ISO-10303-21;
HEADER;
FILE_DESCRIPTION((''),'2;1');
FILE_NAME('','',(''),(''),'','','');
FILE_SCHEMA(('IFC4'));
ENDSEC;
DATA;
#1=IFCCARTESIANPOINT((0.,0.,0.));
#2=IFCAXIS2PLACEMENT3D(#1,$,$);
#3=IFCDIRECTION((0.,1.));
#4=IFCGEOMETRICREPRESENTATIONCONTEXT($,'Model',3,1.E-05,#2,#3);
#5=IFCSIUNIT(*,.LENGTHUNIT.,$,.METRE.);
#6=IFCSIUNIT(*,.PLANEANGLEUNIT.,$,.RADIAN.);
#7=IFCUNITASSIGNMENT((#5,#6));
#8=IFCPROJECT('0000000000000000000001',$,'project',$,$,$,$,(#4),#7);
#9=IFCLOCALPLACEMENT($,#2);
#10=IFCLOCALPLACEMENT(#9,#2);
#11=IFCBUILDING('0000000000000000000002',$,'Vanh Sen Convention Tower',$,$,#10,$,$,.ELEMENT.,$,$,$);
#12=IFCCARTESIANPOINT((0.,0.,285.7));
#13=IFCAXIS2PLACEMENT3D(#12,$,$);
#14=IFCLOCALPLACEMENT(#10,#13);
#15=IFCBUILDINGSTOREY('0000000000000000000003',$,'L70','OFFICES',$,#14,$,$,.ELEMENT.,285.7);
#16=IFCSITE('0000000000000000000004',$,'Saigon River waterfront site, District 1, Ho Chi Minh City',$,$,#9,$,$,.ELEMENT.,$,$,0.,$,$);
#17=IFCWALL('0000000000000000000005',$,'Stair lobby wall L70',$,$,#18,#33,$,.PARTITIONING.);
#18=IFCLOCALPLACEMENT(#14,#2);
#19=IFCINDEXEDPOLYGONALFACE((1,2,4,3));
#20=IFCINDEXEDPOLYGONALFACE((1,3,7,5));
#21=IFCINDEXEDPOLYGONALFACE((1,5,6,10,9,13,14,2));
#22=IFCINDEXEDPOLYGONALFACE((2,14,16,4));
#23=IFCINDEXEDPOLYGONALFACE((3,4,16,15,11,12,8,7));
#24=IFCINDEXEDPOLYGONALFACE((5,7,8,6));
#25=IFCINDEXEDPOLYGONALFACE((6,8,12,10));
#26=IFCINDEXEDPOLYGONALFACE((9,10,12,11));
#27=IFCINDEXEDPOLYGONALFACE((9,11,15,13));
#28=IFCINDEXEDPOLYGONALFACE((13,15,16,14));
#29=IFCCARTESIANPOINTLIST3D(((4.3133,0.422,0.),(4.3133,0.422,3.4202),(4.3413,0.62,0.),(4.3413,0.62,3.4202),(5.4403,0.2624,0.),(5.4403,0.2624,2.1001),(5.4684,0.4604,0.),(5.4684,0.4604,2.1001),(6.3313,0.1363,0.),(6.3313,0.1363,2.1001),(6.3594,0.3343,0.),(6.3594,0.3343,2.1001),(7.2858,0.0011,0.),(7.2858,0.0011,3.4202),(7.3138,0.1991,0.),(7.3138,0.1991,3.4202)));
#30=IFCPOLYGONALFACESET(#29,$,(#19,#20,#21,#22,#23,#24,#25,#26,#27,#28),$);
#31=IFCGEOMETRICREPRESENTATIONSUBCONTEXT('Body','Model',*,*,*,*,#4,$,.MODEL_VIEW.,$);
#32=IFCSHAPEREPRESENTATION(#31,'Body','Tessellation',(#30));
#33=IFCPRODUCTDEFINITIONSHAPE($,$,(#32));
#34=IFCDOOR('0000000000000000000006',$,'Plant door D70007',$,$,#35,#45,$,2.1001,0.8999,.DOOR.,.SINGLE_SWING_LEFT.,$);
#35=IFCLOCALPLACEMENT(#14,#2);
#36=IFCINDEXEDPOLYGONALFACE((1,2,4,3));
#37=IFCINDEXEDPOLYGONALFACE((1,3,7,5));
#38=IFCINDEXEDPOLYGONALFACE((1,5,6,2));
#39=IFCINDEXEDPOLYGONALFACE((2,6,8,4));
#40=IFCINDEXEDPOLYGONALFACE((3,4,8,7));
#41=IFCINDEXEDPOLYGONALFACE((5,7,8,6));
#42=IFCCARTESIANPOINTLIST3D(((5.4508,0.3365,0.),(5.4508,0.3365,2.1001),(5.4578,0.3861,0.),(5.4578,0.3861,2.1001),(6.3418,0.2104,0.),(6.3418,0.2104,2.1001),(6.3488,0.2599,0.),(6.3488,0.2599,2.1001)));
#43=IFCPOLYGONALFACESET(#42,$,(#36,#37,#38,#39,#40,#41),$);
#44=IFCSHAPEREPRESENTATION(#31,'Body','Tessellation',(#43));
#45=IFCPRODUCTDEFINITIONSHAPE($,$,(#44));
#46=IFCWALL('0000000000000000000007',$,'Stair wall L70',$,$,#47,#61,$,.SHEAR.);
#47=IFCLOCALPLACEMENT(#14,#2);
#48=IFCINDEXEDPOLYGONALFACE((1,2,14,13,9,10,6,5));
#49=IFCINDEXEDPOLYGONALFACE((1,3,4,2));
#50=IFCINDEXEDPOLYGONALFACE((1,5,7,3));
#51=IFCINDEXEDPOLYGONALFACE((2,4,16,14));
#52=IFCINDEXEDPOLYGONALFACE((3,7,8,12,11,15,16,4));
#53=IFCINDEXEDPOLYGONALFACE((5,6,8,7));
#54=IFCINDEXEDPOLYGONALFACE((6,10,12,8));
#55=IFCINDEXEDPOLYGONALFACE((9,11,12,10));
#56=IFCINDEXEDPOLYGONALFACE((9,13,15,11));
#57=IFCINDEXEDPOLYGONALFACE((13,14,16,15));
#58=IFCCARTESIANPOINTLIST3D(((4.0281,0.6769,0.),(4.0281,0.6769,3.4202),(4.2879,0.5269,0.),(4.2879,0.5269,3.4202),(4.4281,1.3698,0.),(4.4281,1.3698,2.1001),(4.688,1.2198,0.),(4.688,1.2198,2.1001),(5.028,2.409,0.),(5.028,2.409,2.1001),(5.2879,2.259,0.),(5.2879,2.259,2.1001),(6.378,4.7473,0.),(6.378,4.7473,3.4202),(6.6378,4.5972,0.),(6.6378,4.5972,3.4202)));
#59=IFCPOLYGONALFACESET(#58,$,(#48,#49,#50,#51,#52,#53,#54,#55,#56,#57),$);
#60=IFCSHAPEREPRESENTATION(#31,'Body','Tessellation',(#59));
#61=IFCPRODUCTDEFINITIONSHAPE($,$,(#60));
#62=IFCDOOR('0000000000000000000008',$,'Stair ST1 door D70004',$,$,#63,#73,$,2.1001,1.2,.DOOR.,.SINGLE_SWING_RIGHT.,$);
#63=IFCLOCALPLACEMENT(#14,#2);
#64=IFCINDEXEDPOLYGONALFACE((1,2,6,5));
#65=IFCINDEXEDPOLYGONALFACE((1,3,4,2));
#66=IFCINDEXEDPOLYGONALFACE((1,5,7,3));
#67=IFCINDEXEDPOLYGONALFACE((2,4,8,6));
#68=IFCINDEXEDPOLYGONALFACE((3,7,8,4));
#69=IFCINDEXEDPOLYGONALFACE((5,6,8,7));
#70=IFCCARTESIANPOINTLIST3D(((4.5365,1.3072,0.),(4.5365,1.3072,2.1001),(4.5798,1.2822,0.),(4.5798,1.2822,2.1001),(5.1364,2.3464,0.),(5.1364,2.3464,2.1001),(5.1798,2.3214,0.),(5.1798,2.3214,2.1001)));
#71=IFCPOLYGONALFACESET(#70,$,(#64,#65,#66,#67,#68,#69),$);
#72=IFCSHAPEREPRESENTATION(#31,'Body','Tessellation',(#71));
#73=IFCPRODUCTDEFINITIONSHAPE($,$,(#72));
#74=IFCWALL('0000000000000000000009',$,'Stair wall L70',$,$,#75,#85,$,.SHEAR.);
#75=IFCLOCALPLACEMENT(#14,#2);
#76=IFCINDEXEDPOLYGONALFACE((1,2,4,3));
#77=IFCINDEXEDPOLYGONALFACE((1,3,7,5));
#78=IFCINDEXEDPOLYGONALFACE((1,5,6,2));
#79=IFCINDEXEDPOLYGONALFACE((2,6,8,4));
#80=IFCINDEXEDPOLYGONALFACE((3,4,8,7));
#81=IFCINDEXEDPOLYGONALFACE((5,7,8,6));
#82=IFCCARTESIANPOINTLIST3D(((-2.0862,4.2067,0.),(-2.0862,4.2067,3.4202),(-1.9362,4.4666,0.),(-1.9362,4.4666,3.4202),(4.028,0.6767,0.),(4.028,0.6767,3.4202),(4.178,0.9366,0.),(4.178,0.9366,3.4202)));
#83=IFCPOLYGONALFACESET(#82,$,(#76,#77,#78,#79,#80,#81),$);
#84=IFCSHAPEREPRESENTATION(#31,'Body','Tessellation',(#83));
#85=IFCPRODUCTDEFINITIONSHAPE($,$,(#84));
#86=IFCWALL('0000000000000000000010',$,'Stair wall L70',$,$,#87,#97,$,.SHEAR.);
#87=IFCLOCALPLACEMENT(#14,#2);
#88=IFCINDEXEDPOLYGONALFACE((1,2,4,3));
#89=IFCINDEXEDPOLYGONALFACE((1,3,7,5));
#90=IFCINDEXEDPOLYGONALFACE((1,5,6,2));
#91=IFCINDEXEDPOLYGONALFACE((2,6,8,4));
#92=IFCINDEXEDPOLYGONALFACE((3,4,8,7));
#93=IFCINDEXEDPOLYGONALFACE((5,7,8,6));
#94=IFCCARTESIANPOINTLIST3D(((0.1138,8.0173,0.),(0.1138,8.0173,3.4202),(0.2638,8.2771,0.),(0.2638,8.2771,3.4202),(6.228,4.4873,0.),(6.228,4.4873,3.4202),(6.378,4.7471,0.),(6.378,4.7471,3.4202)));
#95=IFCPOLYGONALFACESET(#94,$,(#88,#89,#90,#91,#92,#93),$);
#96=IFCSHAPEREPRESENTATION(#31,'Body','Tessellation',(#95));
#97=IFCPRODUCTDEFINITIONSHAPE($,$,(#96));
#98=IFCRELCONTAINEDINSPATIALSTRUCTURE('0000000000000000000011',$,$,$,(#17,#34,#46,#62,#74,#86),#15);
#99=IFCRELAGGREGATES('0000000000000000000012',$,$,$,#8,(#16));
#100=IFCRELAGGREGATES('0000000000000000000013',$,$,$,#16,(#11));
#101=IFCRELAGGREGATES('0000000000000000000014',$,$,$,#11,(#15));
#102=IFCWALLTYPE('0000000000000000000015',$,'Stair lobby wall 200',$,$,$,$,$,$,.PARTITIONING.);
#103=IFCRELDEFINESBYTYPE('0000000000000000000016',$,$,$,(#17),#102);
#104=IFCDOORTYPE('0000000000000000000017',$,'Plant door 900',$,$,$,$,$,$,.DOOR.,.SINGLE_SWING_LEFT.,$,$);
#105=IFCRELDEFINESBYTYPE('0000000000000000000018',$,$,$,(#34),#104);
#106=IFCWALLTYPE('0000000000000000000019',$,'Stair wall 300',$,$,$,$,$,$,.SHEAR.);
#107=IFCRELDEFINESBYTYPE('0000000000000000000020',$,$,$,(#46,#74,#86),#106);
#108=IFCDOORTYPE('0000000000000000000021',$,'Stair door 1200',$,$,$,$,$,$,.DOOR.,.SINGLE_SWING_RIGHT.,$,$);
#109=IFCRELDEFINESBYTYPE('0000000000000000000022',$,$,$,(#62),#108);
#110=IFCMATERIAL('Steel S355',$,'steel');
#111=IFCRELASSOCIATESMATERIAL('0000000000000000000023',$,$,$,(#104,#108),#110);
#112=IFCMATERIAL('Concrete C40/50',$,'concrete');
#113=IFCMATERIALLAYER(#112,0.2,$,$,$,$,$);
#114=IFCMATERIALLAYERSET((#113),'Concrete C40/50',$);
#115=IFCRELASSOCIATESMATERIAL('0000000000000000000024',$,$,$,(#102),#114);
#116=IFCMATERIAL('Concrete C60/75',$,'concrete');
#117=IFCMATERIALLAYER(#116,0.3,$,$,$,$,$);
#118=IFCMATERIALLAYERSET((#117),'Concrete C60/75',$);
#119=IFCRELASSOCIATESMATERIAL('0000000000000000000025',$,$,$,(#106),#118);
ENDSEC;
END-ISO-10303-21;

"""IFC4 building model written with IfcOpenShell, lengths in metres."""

from ifc_helpers import new_model, si_unit, direction, frame, frame_2d, origin, place, context, subcontext, project, spatial, rectangle, extrude, material, layer, layer_set, type_object, element, fill, save


model = new_model("IFC4")

# Units and contexts
model_context = context("Model", 3, precision=1e-05, world=origin(), true_north=direction((0.0, 1.0)))
body_context = subcontext(model_context, "Body", "Model", "MODEL_VIEW")
ifc_project = project(units=[si_unit("LENGTHUNIT", "METRE"), si_unit("PLANEANGLEUNIT", "RADIAN")], contexts=[model_context])

# Site, building, storey
site_placement = place(None, origin())
site = spatial("IfcSite", under=ifc_project, at=site_placement, Name="Saigon River waterfront site, District 1, Ho Chi Minh City", CompositionType="ELEMENT", RefElevation=0.0)
building_placement = place(site_placement, origin())
building = spatial("IfcBuilding", under=site, at=building_placement, Name="Vanh Sen Convention Tower", CompositionType="ELEMENT")
storey_placement = place(building_placement, frame((0.0, 0.0, 285.7)))
storey = spatial("IfcBuildingStorey", under=building, at=storey_placement, Name="L70", Description="OFFICES", CompositionType="ELEMENT", Elevation=285.7)

# Shared definitions
ifc_material_1 = material(Name="Concrete C40/50", Category="concrete")

# Shared definitions
ifc_material_2 = material(Name="Concrete C60/75", Category="concrete")
ifc_material_3 = material(Name="Steel S355", Category="steel")
door_type_1 = type_object("IfcDoorType", Name="Plant door 900", OperationType="SINGLE_SWING_LEFT", PredefinedType="DOOR", material=ifc_material_3)

# Walls, openings, doors
ifc_layer_1 = layer(ifc_material_1, 0.2)
ifc_layer_set_1 = layer_set([ifc_layer_1], Name="Concrete C40/50")
wall_type_1 = type_object("IfcWallType", Name="Stair lobby wall 200", PredefinedType="PARTITIONING", material=ifc_layer_set_1)
wall_1_placement = place(storey_placement, frame((4.3274, 0.521, 0.0), z_axis=(0.0, 0.0, 1.0), x_axis=(0.990124, -0.140192, 0.0)))
wall_1 = element("IfcWall", 1, at=wall_1_placement, inside=storey, type_object=wall_type_1, Name="Stair lobby wall L70", PredefinedType="PARTITIONING", context=body_context, shape_type="SweptSolid", body=[
    extrude(rectangle(XDim=3.0022, YDim=0.2, at=frame_2d((1.501, 0.0))), origin(), (0.0, 0.0, 1.0), 3.4202),
])
opening_1_placement = place(wall_1_placement, frame((1.1382, 0.0, 0.0)))
opening_1 = element("IfcOpeningElement", 2, at=opening_1_placement, cuts=wall_1, PredefinedType="OPENING", context=body_context, shape_type="SweptSolid", body=[
    extrude(rectangle(XDim=0.8999, YDim=2.1001, at=frame_2d((0.45, 1.05))), frame((0.0, 0.1099, 0.0), z_axis=(0.0, -1.0, 0.0), x_axis=(1.0, 0.0, 0.0)), (0.0, 0.0, 1.0), 0.22),
])
door_1_placement = place(opening_1_placement, origin())
door_1 = element("IfcDoor", 3, at=door_1_placement, inside=storey, type_object=door_type_1, Name="Plant door D70007", OperationType="SINGLE_SWING_LEFT", OverallHeight=2.1001, OverallWidth=0.8999, PredefinedType="DOOR", context=body_context, shape_type="SweptSolid", body=[
    extrude(rectangle(XDim=0.8999, YDim=2.1001, at=frame_2d((0.45, 1.05))), frame((0.0, 0.0249, 0.0), z_axis=(0.0, -1.0, 0.0), x_axis=(1.0, 0.0, 0.0)), (0.0, 0.0, 1.0), 0.05),
])
fill(opening_1, door_1)
ifc_layer_2 = layer(ifc_material_2, 0.3)
ifc_layer_set_2 = layer_set([ifc_layer_2], Name="Concrete C60/75")
wall_type_2 = type_object("IfcWallType", Name="Stair wall 300", PredefinedType="SHEAR", material=ifc_layer_set_2)
wall_2_placement = place(storey_placement, frame((4.158, 0.6018, 0.0), z_axis=(0.0, 0.0, 1.0), x_axis=(0.499977, 0.866039, 0.0)))
wall_2 = element("IfcWall", 4, at=wall_2_placement, inside=storey, type_object=wall_type_2, Name="Stair wall L70", PredefinedType="SHEAR", context=body_context, shape_type="SweptSolid", body=[
    extrude(rectangle(XDim=4.7, YDim=0.3, at=frame_2d((2.3501, 0.0))), origin(), (0.0, 0.0, 1.0), 3.4202),
])
opening_2_placement = place(wall_2_placement, frame((0.8, 0.0, 0.0)))
opening_2 = element("IfcOpeningElement", 5, at=opening_2_placement, cuts=wall_2, PredefinedType="OPENING", context=body_context, shape_type="SweptSolid", body=[
    extrude(rectangle(XDim=1.2, YDim=2.1001, at=frame_2d((0.6001, 1.05))), frame((0.0, 0.1599, 0.0), z_axis=(0.0, -1.0, 0.0), x_axis=(1.0, 0.0, 0.0)), (0.0, 0.0, 1.0), 0.3201),
])
door_type_2 = type_object("IfcDoorType", Name="Stair door 1200", OperationType="SINGLE_SWING_RIGHT", PredefinedType="DOOR", material=ifc_material_3)
door_2_placement = place(opening_2_placement, origin())
door_2 = element("IfcDoor", 6, at=door_2_placement, inside=storey, type_object=door_type_2, Name="Stair ST1 door D70004", OperationType="SINGLE_SWING_RIGHT", OverallHeight=2.1001, OverallWidth=1.2, PredefinedType="DOOR", context=body_context, shape_type="SweptSolid", body=[
    extrude(rectangle(XDim=1.2, YDim=2.1001, at=frame_2d((0.6001, 1.05))), frame((0.0, 0.0249, 0.0), z_axis=(0.0, -1.0, 0.0), x_axis=(1.0, 0.0, 0.0)), (0.0, 0.0, 1.0), 0.05),
])
fill(opening_2, door_2)

# Walls
for number, where, z_axis, x_axis, name in (
    (7, (4.103, 0.8066, 0.0), (0.0, 0.0, 1.0), (-0.866028, 0.499996, 0.0), "Stair wall L70"),
    (8, (6.303, 4.6172, 0.0), (0.0, 0.0, 1.0), (-0.866028, 0.499996, 0.0), "Stair wall L70"),
):
    element("IfcWall", number, at=place(storey_placement, frame(where, z_axis=z_axis, x_axis=x_axis)), inside=storey, type_object=wall_type_2, Name=name, PredefinedType="SHEAR", context=body_context, shape_type="SweptSolid", body=[
        extrude(rectangle(XDim=7.0601, YDim=0.3, at=frame_2d((3.53, 0.0))), origin(), (0.0, 0.0, 1.0), 3.4202),
    ])

save(model, "model.ifc")
